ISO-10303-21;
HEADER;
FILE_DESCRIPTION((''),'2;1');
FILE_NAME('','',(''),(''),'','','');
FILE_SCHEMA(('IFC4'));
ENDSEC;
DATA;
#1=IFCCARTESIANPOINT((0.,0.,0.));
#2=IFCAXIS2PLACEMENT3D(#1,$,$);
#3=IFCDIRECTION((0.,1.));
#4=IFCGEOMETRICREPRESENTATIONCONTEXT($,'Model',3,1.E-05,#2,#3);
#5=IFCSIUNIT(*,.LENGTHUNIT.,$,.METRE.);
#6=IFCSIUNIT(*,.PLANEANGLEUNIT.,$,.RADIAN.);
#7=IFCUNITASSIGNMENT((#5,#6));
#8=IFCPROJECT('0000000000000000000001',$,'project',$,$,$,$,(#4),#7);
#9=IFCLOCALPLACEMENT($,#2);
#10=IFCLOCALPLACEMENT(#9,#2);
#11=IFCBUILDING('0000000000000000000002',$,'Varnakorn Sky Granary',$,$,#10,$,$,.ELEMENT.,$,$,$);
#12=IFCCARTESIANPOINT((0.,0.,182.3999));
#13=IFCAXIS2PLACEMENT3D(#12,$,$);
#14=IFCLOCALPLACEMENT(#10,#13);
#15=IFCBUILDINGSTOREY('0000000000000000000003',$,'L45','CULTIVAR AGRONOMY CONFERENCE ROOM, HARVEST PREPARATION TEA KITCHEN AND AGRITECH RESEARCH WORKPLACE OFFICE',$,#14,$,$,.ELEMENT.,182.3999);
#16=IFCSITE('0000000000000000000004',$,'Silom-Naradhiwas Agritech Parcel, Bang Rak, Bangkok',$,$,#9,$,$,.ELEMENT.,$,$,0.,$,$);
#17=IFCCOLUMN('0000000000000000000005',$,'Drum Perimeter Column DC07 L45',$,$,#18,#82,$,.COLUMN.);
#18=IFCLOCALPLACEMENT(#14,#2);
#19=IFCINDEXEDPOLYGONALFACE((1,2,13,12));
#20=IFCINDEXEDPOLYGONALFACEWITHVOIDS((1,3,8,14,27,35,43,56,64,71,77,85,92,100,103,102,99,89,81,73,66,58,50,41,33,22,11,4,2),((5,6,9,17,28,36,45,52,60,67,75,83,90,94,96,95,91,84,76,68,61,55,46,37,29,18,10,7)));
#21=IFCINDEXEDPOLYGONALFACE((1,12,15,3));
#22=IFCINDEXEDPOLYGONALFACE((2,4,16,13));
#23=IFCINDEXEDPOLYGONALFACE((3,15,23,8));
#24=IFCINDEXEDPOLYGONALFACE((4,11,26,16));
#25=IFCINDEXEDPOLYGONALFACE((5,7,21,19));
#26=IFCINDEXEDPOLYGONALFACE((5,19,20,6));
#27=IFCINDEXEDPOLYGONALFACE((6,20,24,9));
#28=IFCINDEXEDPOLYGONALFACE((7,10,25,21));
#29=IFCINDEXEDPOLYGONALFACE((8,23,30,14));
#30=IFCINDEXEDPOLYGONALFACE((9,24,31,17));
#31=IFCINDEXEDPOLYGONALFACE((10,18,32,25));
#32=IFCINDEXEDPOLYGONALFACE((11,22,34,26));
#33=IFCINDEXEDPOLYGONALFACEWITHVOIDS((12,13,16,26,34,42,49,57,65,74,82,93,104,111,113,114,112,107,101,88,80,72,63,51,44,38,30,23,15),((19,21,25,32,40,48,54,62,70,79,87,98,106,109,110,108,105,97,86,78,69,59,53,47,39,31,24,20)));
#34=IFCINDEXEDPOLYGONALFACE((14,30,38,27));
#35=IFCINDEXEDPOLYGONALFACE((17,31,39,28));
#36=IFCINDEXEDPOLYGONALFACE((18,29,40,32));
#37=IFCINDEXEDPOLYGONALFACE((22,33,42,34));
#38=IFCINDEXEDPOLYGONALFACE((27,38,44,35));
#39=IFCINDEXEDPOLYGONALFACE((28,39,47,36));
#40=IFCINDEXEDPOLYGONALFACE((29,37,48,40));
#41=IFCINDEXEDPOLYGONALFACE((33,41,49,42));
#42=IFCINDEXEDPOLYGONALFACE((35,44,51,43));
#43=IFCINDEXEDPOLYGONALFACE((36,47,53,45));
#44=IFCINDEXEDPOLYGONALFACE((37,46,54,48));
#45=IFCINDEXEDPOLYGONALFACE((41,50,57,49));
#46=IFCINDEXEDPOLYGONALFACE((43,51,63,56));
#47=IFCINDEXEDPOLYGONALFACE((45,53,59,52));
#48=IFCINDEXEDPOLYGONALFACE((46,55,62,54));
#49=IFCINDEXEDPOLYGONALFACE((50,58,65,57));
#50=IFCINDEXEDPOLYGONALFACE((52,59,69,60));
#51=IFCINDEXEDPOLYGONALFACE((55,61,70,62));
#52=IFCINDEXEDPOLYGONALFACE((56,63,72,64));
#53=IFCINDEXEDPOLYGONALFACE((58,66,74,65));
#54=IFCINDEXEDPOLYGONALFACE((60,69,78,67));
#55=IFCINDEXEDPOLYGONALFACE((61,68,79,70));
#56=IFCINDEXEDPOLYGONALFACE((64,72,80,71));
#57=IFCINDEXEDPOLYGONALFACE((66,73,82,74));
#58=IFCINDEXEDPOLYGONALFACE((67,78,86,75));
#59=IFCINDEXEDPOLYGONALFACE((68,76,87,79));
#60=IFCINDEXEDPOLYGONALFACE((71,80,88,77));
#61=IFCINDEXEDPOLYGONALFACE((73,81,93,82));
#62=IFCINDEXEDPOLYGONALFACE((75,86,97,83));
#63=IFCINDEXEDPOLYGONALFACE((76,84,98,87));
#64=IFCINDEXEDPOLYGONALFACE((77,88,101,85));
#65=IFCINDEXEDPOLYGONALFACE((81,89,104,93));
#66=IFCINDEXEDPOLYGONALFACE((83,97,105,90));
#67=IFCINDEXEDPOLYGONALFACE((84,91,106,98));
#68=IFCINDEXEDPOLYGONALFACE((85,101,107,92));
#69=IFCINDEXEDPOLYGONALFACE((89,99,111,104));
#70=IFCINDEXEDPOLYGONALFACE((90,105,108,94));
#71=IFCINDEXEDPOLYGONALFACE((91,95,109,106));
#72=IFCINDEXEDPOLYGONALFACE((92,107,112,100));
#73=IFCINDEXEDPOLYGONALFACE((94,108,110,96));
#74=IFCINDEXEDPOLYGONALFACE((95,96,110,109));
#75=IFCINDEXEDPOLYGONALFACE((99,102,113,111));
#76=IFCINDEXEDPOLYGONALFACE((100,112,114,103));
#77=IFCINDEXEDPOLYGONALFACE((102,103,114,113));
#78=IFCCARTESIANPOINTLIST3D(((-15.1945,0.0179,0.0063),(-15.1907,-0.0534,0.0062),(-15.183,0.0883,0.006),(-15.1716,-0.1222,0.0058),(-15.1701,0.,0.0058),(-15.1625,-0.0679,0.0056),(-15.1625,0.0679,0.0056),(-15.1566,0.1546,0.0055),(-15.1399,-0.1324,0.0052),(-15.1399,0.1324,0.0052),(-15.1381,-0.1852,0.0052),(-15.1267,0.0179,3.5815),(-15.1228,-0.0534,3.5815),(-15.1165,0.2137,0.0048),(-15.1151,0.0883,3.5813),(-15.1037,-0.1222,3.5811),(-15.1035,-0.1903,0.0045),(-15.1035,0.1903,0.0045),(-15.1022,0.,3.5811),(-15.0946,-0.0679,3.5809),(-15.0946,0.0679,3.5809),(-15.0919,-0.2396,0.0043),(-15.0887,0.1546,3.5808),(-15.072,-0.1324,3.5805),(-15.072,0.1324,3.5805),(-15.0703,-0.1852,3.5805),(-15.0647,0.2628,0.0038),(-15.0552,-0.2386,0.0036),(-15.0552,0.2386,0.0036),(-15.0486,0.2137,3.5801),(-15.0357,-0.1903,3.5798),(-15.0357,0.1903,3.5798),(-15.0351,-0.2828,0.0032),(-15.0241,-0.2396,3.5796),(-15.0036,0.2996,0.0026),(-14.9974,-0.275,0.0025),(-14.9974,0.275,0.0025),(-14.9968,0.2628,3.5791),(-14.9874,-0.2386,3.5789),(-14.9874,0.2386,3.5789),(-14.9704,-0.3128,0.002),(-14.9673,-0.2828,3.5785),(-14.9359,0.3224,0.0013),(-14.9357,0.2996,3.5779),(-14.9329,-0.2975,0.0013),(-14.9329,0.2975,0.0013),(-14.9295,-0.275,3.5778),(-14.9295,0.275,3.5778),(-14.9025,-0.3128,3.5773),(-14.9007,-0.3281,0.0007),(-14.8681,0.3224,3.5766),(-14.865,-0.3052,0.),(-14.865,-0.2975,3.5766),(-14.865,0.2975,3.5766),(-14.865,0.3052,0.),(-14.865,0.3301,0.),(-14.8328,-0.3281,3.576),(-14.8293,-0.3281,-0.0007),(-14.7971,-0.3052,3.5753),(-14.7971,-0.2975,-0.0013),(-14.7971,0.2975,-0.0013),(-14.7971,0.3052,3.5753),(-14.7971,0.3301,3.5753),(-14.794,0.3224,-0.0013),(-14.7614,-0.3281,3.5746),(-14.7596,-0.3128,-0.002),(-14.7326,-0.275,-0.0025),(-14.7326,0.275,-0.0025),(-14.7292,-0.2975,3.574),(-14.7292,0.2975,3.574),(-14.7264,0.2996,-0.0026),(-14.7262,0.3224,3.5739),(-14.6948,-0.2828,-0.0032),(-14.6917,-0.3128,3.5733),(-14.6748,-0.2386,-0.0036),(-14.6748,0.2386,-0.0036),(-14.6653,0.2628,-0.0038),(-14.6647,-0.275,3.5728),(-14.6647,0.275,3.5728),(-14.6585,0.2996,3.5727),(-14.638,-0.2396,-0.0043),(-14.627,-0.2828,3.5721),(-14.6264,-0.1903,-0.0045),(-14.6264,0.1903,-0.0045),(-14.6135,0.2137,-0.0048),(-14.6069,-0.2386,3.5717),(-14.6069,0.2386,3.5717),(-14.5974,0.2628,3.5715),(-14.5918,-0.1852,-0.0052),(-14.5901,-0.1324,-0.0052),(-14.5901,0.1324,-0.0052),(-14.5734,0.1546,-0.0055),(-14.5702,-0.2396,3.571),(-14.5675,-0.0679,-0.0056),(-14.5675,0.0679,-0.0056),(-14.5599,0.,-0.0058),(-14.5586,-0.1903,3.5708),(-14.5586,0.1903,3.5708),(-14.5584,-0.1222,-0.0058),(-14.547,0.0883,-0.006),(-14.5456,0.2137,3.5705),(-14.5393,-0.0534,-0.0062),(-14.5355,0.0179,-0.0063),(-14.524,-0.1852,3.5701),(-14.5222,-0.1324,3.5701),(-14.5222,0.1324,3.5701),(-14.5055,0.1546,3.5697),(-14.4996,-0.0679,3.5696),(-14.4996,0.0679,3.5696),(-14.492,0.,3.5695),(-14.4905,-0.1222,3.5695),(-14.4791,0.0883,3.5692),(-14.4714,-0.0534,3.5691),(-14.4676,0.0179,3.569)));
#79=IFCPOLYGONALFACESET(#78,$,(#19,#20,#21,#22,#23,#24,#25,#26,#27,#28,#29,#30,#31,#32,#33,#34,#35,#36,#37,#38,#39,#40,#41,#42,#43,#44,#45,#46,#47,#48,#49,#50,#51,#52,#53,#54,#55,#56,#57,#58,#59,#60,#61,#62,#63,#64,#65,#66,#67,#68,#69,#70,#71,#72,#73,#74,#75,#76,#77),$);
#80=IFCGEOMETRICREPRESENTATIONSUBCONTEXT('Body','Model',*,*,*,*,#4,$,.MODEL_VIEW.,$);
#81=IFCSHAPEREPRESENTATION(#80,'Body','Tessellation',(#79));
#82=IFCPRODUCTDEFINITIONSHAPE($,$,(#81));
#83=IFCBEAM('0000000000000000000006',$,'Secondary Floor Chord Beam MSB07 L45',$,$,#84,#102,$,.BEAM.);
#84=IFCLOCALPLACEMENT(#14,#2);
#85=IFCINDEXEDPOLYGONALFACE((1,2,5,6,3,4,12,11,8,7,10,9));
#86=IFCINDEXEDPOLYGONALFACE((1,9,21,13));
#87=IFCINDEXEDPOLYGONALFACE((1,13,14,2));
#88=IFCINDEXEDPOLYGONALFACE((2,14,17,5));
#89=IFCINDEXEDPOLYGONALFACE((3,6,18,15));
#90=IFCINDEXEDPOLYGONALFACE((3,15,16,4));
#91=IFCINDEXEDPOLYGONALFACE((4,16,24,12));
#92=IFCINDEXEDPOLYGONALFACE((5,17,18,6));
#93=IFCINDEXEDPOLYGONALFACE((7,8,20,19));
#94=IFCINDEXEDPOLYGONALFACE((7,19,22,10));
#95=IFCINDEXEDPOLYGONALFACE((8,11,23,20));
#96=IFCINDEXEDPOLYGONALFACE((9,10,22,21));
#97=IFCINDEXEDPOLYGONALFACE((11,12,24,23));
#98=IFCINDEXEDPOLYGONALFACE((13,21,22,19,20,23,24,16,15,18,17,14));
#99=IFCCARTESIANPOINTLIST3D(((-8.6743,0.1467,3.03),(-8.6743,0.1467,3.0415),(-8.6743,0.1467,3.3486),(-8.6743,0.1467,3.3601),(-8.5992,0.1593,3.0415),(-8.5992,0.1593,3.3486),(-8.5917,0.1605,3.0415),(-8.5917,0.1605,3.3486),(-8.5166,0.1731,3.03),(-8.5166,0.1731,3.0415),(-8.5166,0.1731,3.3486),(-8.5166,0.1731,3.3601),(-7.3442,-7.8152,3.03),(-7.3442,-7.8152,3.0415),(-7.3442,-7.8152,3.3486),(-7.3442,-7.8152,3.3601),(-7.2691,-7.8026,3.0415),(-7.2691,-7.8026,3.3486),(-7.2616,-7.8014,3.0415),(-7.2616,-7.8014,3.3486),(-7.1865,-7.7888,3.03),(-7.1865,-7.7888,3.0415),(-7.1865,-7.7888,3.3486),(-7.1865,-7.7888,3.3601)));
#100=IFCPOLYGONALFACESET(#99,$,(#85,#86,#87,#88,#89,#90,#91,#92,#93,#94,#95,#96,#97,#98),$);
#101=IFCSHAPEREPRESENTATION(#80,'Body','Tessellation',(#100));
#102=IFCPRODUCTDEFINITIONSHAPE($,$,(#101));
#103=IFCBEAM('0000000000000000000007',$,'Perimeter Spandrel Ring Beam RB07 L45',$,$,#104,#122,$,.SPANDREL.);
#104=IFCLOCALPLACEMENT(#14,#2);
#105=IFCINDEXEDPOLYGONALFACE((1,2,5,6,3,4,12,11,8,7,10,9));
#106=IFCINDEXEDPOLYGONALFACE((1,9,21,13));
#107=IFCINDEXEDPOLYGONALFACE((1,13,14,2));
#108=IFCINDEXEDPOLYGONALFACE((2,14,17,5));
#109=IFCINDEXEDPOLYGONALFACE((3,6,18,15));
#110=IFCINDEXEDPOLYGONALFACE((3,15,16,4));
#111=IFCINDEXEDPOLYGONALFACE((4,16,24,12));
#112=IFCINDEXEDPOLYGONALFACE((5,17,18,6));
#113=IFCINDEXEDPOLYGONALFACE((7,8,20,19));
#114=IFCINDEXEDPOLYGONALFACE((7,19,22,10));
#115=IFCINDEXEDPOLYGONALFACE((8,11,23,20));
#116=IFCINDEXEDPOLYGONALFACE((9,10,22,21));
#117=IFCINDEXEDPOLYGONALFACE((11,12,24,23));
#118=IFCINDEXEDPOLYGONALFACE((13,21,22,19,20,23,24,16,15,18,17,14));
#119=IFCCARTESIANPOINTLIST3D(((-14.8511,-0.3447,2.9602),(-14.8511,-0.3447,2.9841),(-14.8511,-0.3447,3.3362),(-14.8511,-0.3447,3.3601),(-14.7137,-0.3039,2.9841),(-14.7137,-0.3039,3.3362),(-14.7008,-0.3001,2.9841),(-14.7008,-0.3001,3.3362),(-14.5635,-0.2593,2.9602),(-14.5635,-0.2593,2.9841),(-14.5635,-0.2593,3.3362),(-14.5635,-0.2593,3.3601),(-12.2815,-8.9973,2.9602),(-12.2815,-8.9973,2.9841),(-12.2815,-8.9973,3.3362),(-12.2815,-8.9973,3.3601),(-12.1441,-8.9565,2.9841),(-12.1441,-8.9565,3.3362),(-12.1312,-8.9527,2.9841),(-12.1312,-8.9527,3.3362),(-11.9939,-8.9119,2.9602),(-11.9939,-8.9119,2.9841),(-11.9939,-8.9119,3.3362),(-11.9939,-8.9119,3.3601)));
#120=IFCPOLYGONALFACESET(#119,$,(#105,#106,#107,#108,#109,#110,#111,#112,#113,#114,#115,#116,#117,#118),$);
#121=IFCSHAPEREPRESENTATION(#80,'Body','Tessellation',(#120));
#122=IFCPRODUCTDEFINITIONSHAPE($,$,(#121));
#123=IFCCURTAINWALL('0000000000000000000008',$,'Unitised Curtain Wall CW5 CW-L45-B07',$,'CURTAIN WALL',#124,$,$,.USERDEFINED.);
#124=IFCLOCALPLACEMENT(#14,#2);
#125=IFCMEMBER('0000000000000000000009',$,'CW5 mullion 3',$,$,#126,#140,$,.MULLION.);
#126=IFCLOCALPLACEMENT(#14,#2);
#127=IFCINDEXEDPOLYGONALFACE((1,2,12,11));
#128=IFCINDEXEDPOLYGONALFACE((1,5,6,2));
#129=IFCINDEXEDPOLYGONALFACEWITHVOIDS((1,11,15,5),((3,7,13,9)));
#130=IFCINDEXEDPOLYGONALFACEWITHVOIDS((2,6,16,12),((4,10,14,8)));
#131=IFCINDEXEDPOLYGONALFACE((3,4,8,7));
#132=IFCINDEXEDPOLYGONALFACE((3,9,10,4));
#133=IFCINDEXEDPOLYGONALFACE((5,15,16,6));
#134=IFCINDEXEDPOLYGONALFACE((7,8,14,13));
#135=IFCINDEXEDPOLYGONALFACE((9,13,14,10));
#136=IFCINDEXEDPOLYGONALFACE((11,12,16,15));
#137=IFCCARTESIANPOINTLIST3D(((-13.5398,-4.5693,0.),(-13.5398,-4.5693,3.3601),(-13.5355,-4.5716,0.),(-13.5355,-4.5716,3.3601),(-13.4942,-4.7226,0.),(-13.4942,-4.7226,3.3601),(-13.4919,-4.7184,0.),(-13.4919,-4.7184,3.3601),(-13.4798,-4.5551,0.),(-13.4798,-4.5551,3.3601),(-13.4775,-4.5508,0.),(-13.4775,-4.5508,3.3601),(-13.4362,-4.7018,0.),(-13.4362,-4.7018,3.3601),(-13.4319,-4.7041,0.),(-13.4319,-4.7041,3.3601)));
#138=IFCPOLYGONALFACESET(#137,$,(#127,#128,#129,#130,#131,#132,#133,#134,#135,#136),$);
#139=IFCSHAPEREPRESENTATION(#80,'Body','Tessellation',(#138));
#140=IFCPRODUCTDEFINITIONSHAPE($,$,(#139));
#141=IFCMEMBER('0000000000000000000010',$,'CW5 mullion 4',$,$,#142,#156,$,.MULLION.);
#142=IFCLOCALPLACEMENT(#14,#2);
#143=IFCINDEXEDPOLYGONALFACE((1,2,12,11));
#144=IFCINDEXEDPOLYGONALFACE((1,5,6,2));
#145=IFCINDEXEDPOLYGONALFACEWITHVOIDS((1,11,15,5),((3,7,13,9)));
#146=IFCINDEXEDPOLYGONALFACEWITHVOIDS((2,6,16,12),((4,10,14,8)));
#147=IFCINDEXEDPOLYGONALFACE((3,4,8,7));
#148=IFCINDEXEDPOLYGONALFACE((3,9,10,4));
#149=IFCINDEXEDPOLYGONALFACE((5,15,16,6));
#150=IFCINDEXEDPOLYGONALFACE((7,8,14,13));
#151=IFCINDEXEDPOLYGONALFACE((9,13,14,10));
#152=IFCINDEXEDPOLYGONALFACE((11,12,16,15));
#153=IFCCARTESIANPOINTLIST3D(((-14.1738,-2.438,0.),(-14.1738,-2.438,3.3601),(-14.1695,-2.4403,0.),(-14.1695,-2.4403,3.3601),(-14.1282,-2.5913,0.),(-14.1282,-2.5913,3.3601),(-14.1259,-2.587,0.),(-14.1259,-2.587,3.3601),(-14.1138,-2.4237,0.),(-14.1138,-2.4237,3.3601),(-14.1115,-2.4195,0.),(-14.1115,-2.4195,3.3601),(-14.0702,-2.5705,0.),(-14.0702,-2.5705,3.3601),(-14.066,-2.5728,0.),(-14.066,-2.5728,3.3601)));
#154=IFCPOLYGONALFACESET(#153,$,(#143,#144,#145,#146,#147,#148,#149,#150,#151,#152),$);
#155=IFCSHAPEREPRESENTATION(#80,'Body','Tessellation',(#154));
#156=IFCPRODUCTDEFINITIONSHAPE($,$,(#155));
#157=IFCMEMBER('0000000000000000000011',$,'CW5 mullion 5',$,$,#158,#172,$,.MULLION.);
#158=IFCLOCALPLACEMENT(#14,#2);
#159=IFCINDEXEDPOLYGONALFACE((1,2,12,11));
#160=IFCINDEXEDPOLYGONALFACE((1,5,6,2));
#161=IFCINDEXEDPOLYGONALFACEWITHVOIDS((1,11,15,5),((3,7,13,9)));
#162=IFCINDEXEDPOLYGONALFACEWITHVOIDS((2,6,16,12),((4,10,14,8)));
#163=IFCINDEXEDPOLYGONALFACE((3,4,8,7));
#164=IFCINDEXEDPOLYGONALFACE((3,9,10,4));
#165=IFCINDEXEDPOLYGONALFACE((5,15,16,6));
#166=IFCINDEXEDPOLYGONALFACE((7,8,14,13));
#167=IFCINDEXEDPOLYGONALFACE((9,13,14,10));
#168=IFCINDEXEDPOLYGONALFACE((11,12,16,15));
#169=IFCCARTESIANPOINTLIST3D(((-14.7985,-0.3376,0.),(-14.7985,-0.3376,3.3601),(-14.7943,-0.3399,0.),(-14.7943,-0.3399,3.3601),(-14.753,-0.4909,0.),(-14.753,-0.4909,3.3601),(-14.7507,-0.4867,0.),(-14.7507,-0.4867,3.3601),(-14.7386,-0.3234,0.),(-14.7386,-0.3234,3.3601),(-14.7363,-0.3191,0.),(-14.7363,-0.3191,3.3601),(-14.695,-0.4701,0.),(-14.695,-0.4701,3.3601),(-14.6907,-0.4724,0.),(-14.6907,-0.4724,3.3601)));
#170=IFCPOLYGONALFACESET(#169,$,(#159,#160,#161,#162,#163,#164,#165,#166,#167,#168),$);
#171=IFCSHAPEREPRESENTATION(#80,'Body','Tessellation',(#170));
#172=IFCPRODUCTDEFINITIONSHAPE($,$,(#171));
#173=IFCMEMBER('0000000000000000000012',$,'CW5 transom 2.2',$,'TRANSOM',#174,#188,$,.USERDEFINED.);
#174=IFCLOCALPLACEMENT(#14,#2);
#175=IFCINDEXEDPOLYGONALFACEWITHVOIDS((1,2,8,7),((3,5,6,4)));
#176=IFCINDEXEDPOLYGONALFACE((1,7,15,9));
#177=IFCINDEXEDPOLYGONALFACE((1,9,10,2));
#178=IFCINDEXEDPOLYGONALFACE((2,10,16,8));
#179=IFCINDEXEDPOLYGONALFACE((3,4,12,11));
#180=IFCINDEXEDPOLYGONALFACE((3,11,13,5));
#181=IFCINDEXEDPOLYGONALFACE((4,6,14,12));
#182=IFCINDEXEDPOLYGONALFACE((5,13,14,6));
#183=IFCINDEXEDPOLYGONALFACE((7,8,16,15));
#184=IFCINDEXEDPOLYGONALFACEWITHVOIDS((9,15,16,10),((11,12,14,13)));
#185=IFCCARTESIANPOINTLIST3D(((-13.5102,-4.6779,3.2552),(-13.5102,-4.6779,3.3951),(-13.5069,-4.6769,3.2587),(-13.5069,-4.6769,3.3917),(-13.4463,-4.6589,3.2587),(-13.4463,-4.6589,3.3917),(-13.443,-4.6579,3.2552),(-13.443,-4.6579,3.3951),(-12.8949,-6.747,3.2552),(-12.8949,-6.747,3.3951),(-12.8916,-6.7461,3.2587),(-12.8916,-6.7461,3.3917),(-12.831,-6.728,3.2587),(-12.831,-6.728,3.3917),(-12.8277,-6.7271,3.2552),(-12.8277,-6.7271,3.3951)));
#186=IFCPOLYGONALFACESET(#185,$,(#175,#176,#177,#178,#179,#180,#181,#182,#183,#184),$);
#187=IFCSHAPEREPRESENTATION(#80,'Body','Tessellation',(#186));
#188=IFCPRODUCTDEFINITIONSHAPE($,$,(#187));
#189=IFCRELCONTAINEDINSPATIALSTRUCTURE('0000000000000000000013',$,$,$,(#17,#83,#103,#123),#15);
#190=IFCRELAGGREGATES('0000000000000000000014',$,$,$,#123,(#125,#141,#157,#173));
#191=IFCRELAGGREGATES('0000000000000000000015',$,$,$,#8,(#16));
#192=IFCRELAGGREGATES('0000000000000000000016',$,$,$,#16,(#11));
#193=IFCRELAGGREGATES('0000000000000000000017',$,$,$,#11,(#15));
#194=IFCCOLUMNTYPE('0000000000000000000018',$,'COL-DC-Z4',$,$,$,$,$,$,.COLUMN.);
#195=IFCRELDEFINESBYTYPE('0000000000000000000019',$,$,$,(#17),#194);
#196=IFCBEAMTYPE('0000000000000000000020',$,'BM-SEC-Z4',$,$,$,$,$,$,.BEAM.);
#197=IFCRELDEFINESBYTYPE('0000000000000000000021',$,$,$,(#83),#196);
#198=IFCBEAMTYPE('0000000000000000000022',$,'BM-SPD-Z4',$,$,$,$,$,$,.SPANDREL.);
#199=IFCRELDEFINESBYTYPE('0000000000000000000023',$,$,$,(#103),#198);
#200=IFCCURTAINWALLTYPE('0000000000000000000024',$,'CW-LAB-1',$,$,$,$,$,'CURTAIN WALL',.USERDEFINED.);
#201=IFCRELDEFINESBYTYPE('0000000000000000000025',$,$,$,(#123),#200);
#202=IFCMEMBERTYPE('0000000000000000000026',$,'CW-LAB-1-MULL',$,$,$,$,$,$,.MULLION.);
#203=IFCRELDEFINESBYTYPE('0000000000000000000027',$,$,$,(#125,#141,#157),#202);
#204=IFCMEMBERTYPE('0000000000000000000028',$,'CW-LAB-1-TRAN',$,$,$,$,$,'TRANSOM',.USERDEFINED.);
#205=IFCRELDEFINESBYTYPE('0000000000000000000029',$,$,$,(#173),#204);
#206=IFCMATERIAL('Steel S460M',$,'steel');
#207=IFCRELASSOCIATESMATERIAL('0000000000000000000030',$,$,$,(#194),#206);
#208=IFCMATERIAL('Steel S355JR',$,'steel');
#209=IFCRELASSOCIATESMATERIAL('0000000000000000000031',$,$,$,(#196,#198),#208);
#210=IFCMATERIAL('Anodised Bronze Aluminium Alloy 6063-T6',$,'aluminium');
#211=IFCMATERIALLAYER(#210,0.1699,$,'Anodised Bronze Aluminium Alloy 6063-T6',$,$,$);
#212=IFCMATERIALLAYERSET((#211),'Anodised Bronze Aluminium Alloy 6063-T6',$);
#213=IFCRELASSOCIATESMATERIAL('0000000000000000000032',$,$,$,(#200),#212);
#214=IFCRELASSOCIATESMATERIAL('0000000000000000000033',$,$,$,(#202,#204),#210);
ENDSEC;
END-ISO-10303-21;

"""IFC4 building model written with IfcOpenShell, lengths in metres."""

from ifc_helpers import new_model, si_unit, direction, frame, origin, origin_2d, place, context, subcontext, project, spatial, hollow_rectangle, hollow_circle, i_section, extrude, material, layer, layer_set, material_profile, profile_set, type_object, element, aggregate, save


model = new_model("IFC4")

# Units and contexts
model_context = context("Model", 3, precision=1e-05, world=origin(), true_north=direction((0.0, 1.0)))
body_context = subcontext(model_context, "Body", "Model", "MODEL_VIEW")
ifc_project = project(units=[si_unit("LENGTHUNIT", "METRE"), si_unit("PLANEANGLEUNIT", "RADIAN")], contexts=[model_context])

# Site, building, storey
site_placement = place(None, origin())
site = spatial("IfcSite", under=ifc_project, at=site_placement, Name="Silom-Naradhiwas Agritech Parcel, Bang Rak, Bangkok", CompositionType="ELEMENT", RefElevation=0.0)
building_placement = place(site_placement, origin())
building = spatial("IfcBuilding", under=site, at=building_placement, Name="Varnakorn Sky Granary", CompositionType="ELEMENT")
storey_placement = place(building_placement, frame((0.0, 0.0, 182.3999)))
storey = spatial("IfcBuildingStorey", under=building, at=storey_placement, Name="L45", Description="CULTIVAR AGRONOMY CONFERENCE ROOM, HARVEST PREPARATION TEA KITCHEN AND AGRITECH RESEARCH WORKPLACE OFFICE", CompositionType="ELEMENT", Elevation=182.3999)

# Column
ifc_material_1 = material(Name="Steel S460M", Category="steel")
ifc_material_profile_1 = material_profile(ifc_material_1, hollow_circle(Radius=0.3301, WallThickness=0.0249, at=origin_2d()), Name="CHS 660x25")
ifc_profile_set_1 = profile_set([ifc_material_profile_1], Name="Steel S460M")
column_type = type_object("IfcColumnType", Name="COL-DC-Z4", PredefinedType="COLUMN", material=ifc_profile_set_1)
column_placement = place(storey_placement, frame((-14.865, 0.0, 0.0), z_axis=(0.01898, 0.0, 0.99982), x_axis=(0.0, 1.0, 0.0)))
element("IfcColumn", 1, at=column_placement, inside=storey, type_object=column_type, Name="Drum Perimeter Column DC07 L45", PredefinedType="COLUMN", context=body_context, shape_type="SweptSolid", body=[
    extrude(hollow_circle(Radius=0.3301, WallThickness=0.0249, at=origin_2d()), origin(), (0.0, 0.0, 1.0), 3.5759),
])

# Beams
ifc_material_2 = material(Name="Steel S355JR", Category="steel")
ifc_material_profile_2 = material_profile(ifc_material_2, i_section(OverallWidth=0.1599, OverallDepth=0.3301, WebThickness=0.0076, FlangeThickness=0.0115, at=origin_2d()), Name="IPE 330")
ifc_profile_set_2 = profile_set([ifc_material_profile_2], Name="Steel S355JR")
beam_type_1 = type_object("IfcBeamType", Name="BM-SEC-Z4", PredefinedType="BEAM", material=ifc_profile_set_2)
beam_1_placement = place(storey_placement, frame((-8.5955, 0.1599, 3.1951), z_axis=(0.164772, -0.986332, 0.0), x_axis=(0.986332, 0.164772, 0.0)))
element("IfcBeam", 2, at=beam_1_placement, inside=storey, type_object=beam_type_1, Name="Secondary Floor Chord Beam MSB07 L45", PredefinedType="BEAM", context=body_context, shape_type="SweptSolid", body=[
    extrude(i_section(OverallWidth=0.1599, OverallDepth=0.3301, WebThickness=0.0076, FlangeThickness=0.0115, at=origin_2d()), origin(), (0.0, 0.0, 1.0), 8.0723),
])
ifc_material_profile_3 = material_profile(ifc_material_2, i_section(OverallWidth=0.3, OverallDepth=0.3999, WebThickness=0.0134, FlangeThickness=0.0239, at=origin_2d()), Name="HE 400 B")
ifc_profile_set_3 = profile_set([ifc_material_profile_3], Name="Steel S355JR")
beam_type_2 = type_object("IfcBeamType", Name="BM-SPD-Z4", PredefinedType="SPANDREL", material=ifc_profile_set_3)
beam_2_placement = place(storey_placement, frame((-14.7073, -0.302, 3.1602), z_axis=(0.284684, -0.958621, 0.0), x_axis=(0.958621, 0.284684, 0.0)))
element("IfcBeam", 3, at=beam_2_placement, inside=storey, type_object=beam_type_2, Name="Perimeter Spandrel Ring Beam RB07 L45", PredefinedType="SPANDREL", context=body_context, shape_type="SweptSolid", body=[
    extrude(i_section(OverallWidth=0.3, OverallDepth=0.3999, WebThickness=0.0134, FlangeThickness=0.0239, at=origin_2d()), origin(), (0.0, 0.0, 1.0), 9.0261),
])

# Curtain wall, members
ifc_material_3 = material(Name="Anodised Bronze Aluminium Alloy 6063-T6", Category="aluminium")
ifc_layer_1 = layer(ifc_material_3, 0.1699, Name="Anodised Bronze Aluminium Alloy 6063-T6")
ifc_layer_set_1 = layer_set([ifc_layer_1], Name="Anodised Bronze Aluminium Alloy 6063-T6")
curtain_wall_type = type_object("IfcCurtainWallType", Name="CW-LAB-1", ElementType="CURTAIN WALL", PredefinedType="USERDEFINED", material=ifc_layer_set_1)
curtain_wall_placement = place(storey_placement, origin())
curtain_wall = element("IfcCurtainWall", 4, at=curtain_wall_placement, inside=storey, type_object=curtain_wall_type, Name="Unitised Curtain Wall CW5 CW-L45-B07", ObjectType="CURTAIN WALL", PredefinedType="USERDEFINED")
ifc_material_profile_4 = material_profile(ifc_material_3, hollow_rectangle(XDim=0.0649, YDim=0.1599, WallThickness=0.0034, at=origin_2d()), Name="ALU MULL 65x160")
ifc_profile_set_4 = profile_set([ifc_material_profile_4], Name="Anodised Bronze Aluminium Alloy 6063-T6")
member_type_1 = type_object("IfcMemberType", Name="CW-LAB-1-MULL", PredefinedType="MULLION", material=ifc_profile_set_4)
member_1_placement = place(storey_placement, frame((-13.4858, -4.6367, 0.0), z_axis=(0.0, 0.0, 1.0), x_axis=(-0.958503, -0.285081, 0.0)))
member_1 = element("IfcMember", 5, at=member_1_placement, type_object=member_type_1, Name="CW5 mullion 3", PredefinedType="MULLION", context=body_context, shape_type="SweptSolid", body=[
    extrude(hollow_rectangle(XDim=0.0649, YDim=0.1599, WallThickness=0.0034, at=origin_2d()), origin(), (0.0, 0.0, 1.0), 3.3601),
])
member_2_placement = place(storey_placement, frame((-14.1199, -2.5054, 0.0), z_axis=(0.0, 0.0, 1.0), x_axis=(-0.958503, -0.285081, 0.0)))
member_2 = element("IfcMember", 6, at=member_2_placement, type_object=member_type_1, Name="CW5 mullion 4", PredefinedType="MULLION", context=body_context, shape_type="SweptSolid", body=[
    extrude(hollow_rectangle(XDim=0.0649, YDim=0.1599, WallThickness=0.0034, at=origin_2d()), origin(), (0.0, 0.0, 1.0), 3.3601),
])
member_3_placement = place(storey_placement, frame((-14.7446, -0.405, 0.0), z_axis=(0.0, 0.0, 1.0), x_axis=(-0.958503, -0.285081, 0.0)))
member_3 = element("IfcMember", 7, at=member_3_placement, type_object=member_type_1, Name="CW5 mullion 5", PredefinedType="MULLION", context=body_context, shape_type="SweptSolid", body=[
    extrude(hollow_rectangle(XDim=0.0649, YDim=0.1599, WallThickness=0.0034, at=origin_2d()), origin(), (0.0, 0.0, 1.0), 3.3601),
])
ifc_material_profile_5 = material_profile(ifc_material_3, hollow_rectangle(XDim=0.0701, YDim=0.1399, WallThickness=0.0034, at=origin_2d()), Name="ALU TRAN 70x140")
ifc_profile_set_5 = profile_set([ifc_material_profile_5], Name="Anodised Bronze Aluminium Alloy 6063-T6")
member_type_2 = type_object("IfcMemberType", Name="CW-LAB-1-TRAN", ElementType="TRANSOM", PredefinedType="USERDEFINED", material=ifc_profile_set_5)
member_4_placement = place(storey_placement, frame((-12.8613, -6.7371, 3.3252), z_axis=(-0.285012, 0.958524, 0.0), x_axis=(-0.958524, -0.285012, 0.0)))
member_4 = element("IfcMember", 8, at=member_4_placement, type_object=member_type_2, Name="CW5 transom 2.2", ObjectType="TRANSOM", PredefinedType="USERDEFINED", context=body_context, shape_type="SweptSolid", body=[
    extrude(hollow_rectangle(XDim=0.0701, YDim=0.1399, WallThickness=0.0034, at=origin_2d()), origin(), (0.0, 0.0, 1.0), 2.1587),
])

aggregate(curtain_wall, [member_1, member_2, member_3, member_4])

save(model, "model.ifc")
